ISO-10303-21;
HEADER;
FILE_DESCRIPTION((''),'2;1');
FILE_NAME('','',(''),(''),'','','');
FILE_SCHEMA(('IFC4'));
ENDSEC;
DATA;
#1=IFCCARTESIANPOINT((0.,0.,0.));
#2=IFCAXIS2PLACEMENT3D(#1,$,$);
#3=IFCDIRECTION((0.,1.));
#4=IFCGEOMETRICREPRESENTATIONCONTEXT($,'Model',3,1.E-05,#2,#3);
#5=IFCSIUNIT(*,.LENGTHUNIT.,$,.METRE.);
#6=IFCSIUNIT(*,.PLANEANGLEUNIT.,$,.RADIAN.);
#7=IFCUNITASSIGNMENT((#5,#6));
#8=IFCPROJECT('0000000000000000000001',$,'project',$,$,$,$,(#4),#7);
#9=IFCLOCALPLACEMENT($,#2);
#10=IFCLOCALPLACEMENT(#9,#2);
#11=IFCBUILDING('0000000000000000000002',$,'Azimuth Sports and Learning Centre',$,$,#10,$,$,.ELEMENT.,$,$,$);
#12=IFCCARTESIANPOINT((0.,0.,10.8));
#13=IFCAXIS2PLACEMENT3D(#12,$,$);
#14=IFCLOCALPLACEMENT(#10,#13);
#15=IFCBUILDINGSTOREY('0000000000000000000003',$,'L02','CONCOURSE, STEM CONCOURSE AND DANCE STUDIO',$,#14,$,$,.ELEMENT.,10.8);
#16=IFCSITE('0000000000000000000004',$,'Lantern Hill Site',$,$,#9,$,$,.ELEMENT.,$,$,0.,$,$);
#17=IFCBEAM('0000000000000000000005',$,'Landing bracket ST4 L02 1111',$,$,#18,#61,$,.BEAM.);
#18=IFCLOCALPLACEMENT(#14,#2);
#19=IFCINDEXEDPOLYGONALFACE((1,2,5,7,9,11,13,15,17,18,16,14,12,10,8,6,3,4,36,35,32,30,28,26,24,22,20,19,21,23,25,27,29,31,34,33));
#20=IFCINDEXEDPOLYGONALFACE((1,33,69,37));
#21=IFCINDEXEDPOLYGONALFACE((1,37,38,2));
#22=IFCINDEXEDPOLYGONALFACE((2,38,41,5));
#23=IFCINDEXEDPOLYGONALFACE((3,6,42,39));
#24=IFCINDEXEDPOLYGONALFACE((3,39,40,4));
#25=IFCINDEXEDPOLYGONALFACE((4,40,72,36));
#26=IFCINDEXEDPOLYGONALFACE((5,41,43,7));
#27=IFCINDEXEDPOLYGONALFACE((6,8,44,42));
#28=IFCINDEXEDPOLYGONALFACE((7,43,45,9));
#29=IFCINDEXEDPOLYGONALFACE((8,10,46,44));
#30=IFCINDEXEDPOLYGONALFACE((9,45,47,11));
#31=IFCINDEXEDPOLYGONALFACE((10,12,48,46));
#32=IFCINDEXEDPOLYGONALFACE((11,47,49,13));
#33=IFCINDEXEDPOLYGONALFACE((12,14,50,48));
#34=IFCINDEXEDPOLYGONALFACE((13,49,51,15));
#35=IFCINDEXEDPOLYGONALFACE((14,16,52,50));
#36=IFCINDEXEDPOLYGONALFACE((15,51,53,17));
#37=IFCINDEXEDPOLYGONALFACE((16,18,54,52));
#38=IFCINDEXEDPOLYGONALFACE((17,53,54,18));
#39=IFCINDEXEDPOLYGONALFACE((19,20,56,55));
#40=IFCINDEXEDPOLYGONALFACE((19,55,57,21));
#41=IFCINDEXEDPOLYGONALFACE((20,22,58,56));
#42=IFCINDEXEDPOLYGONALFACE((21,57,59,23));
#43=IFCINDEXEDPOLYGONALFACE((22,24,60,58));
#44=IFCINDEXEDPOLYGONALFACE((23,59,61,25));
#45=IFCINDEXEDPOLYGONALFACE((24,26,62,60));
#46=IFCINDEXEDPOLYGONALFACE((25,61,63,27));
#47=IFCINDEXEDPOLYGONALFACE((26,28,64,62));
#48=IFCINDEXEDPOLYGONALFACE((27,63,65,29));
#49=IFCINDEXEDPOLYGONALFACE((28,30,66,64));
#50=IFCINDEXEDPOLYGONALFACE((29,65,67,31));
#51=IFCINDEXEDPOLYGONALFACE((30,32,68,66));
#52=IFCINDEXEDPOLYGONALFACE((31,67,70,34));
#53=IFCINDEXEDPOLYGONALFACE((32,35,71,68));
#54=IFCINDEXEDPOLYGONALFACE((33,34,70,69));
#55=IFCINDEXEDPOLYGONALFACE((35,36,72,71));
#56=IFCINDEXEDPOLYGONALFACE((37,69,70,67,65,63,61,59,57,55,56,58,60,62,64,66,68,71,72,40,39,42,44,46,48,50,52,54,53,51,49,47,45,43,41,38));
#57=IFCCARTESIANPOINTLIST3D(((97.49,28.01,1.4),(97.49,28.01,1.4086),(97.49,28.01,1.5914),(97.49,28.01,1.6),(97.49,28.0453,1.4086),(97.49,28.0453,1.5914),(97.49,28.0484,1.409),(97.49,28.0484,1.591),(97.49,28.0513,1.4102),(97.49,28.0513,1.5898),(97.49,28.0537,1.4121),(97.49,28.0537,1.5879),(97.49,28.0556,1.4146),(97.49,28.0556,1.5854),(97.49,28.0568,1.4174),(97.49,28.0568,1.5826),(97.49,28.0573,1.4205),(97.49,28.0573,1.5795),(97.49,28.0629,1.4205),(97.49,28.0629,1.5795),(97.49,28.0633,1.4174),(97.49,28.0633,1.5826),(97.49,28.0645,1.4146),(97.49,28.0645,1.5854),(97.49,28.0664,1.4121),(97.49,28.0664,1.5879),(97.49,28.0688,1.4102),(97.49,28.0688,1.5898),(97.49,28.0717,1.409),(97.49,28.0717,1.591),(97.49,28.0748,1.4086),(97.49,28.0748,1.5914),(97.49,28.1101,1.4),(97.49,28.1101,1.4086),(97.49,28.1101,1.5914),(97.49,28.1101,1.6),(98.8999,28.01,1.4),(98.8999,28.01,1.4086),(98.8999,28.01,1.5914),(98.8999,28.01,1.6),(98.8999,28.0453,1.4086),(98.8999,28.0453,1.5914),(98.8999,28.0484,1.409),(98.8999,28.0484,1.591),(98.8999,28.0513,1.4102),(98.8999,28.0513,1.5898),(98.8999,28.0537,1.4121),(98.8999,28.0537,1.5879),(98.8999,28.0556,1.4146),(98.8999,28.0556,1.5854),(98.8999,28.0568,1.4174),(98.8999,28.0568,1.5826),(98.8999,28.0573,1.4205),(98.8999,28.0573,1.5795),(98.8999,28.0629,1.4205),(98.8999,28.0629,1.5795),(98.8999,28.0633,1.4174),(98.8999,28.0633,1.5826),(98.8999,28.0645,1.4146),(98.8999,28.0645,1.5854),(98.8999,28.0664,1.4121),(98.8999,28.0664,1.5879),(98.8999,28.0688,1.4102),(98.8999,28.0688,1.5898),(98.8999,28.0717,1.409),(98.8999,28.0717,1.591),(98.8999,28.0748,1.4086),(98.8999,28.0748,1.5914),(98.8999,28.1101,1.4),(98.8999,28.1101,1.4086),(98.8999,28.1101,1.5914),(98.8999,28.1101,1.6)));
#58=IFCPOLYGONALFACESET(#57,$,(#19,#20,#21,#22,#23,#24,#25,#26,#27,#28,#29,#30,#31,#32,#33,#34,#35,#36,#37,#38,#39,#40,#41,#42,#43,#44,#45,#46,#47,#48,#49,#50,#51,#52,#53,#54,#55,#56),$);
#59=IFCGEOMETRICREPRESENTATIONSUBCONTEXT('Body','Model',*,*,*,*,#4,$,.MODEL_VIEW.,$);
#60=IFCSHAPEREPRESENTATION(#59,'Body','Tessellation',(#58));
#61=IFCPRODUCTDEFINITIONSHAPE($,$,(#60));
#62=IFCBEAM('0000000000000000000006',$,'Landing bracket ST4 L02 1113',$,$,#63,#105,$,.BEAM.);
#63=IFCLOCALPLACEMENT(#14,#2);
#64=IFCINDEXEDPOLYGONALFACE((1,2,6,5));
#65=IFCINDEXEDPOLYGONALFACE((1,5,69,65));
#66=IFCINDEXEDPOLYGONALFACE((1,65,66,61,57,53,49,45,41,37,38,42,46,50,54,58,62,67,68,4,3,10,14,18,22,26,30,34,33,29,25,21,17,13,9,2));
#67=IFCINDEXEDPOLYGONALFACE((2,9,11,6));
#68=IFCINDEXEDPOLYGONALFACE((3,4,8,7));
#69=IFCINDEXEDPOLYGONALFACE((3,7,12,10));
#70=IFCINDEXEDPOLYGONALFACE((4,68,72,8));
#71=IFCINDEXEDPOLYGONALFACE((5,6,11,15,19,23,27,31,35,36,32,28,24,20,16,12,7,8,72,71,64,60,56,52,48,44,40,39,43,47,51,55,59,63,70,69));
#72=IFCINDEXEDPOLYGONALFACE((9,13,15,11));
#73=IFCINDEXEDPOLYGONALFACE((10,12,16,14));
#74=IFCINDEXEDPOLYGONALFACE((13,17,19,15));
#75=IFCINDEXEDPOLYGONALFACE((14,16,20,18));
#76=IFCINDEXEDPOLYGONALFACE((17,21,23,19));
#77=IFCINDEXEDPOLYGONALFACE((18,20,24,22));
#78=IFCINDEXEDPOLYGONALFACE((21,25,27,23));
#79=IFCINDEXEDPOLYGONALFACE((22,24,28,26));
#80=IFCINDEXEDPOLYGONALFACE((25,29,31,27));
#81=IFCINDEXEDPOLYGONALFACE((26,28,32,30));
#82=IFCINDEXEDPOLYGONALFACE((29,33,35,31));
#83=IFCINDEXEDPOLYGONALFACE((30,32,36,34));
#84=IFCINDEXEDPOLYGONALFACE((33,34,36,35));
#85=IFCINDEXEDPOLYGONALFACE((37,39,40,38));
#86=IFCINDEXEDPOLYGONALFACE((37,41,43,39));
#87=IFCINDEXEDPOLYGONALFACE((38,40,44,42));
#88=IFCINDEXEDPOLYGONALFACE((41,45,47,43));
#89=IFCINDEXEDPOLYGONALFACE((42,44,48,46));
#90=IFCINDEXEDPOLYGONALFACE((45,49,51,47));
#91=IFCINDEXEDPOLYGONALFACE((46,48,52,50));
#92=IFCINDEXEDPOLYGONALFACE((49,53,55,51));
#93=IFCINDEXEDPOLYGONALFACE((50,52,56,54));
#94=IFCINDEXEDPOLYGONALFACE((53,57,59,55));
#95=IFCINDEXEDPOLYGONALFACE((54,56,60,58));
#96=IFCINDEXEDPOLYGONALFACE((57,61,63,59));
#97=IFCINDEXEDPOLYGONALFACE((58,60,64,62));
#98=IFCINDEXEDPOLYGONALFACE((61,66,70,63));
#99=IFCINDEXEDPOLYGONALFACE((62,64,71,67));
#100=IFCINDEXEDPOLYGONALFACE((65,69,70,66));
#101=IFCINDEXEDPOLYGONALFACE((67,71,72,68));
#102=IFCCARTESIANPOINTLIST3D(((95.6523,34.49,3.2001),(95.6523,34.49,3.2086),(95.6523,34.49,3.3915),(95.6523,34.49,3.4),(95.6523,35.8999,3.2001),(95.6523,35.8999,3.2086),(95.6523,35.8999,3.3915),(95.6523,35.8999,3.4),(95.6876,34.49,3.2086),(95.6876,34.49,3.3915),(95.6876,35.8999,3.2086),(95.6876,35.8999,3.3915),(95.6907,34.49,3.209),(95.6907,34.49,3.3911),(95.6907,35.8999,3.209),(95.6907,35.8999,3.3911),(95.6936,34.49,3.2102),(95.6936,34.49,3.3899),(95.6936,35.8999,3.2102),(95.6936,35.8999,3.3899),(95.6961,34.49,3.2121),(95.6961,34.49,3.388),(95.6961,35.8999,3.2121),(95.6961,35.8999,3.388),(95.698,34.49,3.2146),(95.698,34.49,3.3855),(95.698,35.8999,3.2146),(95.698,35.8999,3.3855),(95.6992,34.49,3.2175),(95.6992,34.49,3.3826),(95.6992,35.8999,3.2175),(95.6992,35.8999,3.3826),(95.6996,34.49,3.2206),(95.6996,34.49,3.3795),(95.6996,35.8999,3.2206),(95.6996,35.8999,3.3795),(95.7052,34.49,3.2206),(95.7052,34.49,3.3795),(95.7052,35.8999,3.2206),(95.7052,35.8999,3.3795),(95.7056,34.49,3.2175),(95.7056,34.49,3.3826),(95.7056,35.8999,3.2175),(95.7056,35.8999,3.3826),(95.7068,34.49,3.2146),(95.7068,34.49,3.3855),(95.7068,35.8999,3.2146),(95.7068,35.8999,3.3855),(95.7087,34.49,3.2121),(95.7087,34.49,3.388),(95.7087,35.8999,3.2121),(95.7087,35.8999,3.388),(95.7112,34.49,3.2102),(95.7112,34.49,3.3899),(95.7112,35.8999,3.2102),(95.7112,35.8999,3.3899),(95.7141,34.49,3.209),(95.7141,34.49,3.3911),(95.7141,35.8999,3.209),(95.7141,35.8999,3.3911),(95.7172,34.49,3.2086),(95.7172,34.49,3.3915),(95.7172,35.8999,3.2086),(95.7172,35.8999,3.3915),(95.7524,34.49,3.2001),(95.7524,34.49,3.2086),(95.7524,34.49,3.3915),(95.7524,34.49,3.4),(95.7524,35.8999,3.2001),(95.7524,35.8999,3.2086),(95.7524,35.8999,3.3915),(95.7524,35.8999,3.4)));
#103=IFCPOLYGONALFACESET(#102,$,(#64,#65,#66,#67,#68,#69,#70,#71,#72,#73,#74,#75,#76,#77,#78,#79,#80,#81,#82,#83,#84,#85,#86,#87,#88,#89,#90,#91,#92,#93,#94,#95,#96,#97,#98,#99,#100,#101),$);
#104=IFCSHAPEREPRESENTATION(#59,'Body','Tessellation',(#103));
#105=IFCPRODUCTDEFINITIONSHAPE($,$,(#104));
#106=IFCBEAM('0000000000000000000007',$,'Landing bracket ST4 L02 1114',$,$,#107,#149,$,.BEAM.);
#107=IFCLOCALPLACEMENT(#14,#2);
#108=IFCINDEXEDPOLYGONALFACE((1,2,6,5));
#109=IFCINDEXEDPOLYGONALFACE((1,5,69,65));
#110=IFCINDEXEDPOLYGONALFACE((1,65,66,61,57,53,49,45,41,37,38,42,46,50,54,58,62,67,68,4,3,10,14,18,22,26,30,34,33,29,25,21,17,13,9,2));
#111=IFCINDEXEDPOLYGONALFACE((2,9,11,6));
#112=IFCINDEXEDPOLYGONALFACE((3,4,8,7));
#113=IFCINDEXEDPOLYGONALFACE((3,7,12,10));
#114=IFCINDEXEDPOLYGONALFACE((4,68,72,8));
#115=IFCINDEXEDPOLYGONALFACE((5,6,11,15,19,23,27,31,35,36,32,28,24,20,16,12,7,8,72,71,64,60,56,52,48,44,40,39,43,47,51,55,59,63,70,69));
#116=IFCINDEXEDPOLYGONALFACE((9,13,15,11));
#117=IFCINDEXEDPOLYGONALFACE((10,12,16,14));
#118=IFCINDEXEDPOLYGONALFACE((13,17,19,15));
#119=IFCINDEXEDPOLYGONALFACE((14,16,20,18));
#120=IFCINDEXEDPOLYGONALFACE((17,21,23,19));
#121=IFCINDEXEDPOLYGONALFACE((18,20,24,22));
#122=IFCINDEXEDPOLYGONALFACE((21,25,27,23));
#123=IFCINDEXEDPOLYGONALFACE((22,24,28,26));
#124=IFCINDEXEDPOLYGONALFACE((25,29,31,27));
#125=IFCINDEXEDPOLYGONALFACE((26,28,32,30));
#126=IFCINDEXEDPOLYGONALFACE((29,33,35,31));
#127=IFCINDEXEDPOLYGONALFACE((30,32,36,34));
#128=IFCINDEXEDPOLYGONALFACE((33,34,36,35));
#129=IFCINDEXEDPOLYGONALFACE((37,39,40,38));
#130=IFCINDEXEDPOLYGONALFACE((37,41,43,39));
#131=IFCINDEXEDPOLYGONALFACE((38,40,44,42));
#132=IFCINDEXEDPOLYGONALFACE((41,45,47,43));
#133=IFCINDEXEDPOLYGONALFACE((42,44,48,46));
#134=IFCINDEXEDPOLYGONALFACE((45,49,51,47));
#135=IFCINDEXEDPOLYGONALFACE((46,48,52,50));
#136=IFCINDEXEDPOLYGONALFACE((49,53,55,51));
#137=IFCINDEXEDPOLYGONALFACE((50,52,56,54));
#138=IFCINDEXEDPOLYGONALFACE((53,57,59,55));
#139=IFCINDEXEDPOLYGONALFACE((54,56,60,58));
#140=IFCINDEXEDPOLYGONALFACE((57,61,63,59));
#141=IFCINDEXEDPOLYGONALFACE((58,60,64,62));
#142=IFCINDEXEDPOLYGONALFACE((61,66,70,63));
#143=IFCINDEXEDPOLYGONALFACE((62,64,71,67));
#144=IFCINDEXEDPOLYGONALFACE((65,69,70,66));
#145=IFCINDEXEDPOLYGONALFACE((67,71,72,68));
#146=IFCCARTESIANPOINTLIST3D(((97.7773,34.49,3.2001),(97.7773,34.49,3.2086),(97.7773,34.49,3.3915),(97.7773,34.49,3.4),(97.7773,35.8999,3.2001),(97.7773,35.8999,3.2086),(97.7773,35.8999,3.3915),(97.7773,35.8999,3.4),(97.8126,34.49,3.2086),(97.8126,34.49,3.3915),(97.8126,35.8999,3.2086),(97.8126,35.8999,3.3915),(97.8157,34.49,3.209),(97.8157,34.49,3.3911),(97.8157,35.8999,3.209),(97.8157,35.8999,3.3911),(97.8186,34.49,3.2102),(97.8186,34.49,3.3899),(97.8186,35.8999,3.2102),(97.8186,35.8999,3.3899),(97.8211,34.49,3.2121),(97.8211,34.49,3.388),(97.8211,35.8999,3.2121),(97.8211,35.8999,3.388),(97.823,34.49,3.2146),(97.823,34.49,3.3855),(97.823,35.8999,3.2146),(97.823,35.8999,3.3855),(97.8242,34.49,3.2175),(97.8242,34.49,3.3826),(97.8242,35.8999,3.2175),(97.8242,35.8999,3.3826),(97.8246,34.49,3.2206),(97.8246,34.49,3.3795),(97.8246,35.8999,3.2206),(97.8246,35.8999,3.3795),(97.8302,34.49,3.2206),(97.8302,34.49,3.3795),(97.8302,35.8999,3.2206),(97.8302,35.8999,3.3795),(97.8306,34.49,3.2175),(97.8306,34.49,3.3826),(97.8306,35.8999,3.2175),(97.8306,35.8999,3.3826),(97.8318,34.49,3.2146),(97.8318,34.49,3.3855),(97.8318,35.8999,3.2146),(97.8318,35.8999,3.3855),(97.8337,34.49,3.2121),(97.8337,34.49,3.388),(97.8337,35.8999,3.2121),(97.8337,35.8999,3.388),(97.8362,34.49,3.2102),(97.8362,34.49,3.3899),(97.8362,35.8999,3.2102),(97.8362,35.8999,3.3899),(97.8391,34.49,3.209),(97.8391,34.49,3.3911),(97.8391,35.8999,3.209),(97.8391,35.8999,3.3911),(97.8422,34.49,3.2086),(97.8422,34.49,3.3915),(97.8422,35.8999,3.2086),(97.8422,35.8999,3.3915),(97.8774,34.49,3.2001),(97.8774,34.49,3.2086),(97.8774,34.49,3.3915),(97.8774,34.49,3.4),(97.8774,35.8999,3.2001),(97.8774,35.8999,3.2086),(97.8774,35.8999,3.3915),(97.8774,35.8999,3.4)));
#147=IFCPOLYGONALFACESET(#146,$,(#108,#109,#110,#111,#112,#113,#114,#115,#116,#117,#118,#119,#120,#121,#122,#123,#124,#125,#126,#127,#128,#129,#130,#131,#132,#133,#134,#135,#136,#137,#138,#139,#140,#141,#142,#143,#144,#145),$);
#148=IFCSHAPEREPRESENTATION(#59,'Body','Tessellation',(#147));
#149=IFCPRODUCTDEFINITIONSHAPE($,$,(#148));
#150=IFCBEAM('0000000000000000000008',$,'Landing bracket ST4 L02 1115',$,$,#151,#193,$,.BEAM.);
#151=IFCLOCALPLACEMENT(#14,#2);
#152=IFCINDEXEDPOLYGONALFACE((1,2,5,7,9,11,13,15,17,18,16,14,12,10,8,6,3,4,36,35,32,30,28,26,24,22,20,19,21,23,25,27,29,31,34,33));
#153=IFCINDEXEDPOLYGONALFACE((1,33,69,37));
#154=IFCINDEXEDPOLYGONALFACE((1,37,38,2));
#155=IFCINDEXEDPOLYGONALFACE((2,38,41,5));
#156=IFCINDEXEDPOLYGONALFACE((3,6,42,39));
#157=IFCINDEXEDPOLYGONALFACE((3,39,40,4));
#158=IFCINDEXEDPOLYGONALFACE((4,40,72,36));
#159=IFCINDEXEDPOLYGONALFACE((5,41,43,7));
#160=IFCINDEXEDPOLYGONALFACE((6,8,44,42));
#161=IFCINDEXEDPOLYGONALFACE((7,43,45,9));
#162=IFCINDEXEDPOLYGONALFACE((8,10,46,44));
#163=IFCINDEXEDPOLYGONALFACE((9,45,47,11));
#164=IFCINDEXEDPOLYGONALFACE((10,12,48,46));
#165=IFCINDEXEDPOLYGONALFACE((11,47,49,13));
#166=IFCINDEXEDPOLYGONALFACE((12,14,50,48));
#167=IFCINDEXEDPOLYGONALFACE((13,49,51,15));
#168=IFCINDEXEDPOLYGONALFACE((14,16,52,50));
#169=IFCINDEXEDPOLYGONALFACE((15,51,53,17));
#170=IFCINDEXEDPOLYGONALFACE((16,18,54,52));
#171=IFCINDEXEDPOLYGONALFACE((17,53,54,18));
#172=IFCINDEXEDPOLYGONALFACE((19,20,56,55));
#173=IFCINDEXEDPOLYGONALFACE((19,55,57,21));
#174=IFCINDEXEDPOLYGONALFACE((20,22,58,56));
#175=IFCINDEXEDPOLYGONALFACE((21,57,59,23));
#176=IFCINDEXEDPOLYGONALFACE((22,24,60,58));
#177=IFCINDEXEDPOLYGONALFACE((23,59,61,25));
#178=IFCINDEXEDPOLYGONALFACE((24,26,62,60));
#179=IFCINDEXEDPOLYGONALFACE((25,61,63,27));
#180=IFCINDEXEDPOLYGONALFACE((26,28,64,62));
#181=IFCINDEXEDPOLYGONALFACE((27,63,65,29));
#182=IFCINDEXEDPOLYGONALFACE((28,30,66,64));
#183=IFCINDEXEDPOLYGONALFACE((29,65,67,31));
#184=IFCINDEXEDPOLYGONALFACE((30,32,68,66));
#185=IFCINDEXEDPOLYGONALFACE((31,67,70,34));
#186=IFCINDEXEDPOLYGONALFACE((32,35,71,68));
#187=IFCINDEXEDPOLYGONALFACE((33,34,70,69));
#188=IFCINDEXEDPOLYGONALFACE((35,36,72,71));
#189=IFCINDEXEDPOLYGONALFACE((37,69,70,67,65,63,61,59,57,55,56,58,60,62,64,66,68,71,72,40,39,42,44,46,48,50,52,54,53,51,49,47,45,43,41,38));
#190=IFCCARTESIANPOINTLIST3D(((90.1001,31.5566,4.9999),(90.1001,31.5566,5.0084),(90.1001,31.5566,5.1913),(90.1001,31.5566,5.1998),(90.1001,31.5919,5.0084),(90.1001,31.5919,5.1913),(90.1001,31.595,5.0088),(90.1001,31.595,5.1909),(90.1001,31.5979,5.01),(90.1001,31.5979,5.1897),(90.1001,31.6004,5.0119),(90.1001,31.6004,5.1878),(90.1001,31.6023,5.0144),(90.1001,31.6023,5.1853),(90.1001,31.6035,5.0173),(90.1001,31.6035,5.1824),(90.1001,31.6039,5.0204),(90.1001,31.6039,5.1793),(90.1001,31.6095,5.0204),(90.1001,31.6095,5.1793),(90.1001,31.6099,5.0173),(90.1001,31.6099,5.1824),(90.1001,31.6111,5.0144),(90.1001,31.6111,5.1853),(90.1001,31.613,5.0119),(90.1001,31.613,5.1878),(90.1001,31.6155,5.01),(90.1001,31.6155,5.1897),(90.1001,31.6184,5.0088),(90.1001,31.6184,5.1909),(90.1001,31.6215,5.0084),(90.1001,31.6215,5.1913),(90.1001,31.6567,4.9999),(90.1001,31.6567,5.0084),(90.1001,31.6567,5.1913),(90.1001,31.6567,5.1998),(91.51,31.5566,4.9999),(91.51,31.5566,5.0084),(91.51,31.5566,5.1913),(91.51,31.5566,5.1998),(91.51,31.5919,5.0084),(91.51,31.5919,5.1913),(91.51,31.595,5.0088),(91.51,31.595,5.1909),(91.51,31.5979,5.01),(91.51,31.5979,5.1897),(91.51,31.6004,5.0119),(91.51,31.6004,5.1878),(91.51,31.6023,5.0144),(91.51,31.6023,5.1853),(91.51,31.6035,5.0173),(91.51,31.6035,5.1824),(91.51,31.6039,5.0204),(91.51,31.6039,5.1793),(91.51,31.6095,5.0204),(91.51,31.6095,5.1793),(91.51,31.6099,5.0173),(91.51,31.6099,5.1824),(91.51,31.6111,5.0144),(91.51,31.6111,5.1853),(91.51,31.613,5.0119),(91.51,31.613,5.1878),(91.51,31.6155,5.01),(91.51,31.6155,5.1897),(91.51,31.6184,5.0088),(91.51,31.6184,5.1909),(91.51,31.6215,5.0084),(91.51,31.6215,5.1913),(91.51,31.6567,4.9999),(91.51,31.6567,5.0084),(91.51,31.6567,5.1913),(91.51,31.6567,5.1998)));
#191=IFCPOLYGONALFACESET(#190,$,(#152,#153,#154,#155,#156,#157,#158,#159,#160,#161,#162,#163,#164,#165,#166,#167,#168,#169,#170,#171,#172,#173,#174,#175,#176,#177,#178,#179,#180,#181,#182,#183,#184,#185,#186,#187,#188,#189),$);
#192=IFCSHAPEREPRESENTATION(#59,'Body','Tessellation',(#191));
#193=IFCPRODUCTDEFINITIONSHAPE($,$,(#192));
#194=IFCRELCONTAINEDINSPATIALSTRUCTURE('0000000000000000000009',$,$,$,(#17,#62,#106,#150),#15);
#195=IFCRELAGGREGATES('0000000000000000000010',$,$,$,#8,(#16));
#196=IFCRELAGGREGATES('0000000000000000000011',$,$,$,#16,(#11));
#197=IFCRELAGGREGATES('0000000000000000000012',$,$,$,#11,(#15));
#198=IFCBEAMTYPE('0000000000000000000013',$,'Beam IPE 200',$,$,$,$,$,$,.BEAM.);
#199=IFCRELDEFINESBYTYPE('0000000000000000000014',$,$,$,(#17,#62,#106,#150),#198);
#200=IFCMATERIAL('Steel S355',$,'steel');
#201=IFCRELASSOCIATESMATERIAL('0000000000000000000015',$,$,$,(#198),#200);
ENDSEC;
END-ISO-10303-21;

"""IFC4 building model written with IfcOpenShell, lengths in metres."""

from ifc_helpers import new_model, si_unit, direction, frame, origin, origin_2d, place, context, subcontext, project, spatial, i_section, extrude, material, material_profile, profile_set, type_object, element, save


model = new_model("IFC4")

# Units and contexts
model_context = context("Model", 3, precision=1e-05, world=origin(), true_north=direction((0.0, 1.0)))
body_context = subcontext(model_context, "Body", "Model", "MODEL_VIEW")
ifc_project = project(units=[si_unit("LENGTHUNIT", "METRE"), si_unit("PLANEANGLEUNIT", "RADIAN")], contexts=[model_context])

# Site, building, storey
site_placement = place(None, origin())
site = spatial("IfcSite", under=ifc_project, at=site_placement, Name="Lantern Hill Site", CompositionType="ELEMENT", RefElevation=0.0)
building_placement = place(site_placement, origin())
building = spatial("IfcBuilding", under=site, at=building_placement, Name="Azimuth Sports and Learning Centre", CompositionType="ELEMENT")
storey_placement = place(building_placement, frame((0.0, 0.0, 10.8)))
storey = spatial("IfcBuildingStorey", under=building, at=storey_placement, Name="L02", Description="CONCOURSE, STEM CONCOURSE AND DANCE STUDIO", CompositionType="ELEMENT", Elevation=10.8)

# Beams
ifc_material_1 = material(Name="Steel S355", Category="steel")
ifc_material_profile_1 = material_profile(ifc_material_1, i_section(OverallWidth=0.1001, OverallDepth=0.2, WebThickness=0.0056, FlangeThickness=0.0085, FilletRadius=0.012, at=origin_2d()), Name="IPE 200")
ifc_profile_set_1 = profile_set([ifc_material_profile_1], Name="Steel S355")
beam_type_1 = type_object("IfcBeamType", Name="Beam IPE 200", PredefinedType="BEAM", material=ifc_profile_set_1)
for number, where, z_axis, x_axis, name in (
    (1, (98.8999, 28.0601, 1.5), (-1.0, 0.0, 0.0), (0.0, -1.0, 0.0), "Landing bracket ST4 L02 1111"),
    (2, (95.7024, 35.8999, 3.3), (0.0, -1.0, 0.0), (1.0, 0.0, 0.0), "Landing bracket ST4 L02 1113"),
    (3, (97.8274, 35.8999, 3.3), (0.0, -1.0, 0.0), (1.0, 0.0, 0.0), "Landing bracket ST4 L02 1114"),
    (4, (90.1001, 31.6067, 5.0999), (1.0, 0.0, 0.0), (0.0, 1.0, 0.0), "Landing bracket ST4 L02 1115"),
):
    element("IfcBeam", number, at=place(storey_placement, frame(where, z_axis=z_axis, x_axis=x_axis)), inside=storey, type_object=beam_type_1, Name=name, PredefinedType="BEAM", context=body_context, shape_type="SweptSolid", body=[
        extrude(i_section(OverallWidth=0.1001, OverallDepth=0.2, WebThickness=0.0056, FlangeThickness=0.0085, FilletRadius=0.012, at=origin_2d()), origin(), (0.0, 0.0, 1.0), 1.4099),
    ])

save(model, "model.ifc")
